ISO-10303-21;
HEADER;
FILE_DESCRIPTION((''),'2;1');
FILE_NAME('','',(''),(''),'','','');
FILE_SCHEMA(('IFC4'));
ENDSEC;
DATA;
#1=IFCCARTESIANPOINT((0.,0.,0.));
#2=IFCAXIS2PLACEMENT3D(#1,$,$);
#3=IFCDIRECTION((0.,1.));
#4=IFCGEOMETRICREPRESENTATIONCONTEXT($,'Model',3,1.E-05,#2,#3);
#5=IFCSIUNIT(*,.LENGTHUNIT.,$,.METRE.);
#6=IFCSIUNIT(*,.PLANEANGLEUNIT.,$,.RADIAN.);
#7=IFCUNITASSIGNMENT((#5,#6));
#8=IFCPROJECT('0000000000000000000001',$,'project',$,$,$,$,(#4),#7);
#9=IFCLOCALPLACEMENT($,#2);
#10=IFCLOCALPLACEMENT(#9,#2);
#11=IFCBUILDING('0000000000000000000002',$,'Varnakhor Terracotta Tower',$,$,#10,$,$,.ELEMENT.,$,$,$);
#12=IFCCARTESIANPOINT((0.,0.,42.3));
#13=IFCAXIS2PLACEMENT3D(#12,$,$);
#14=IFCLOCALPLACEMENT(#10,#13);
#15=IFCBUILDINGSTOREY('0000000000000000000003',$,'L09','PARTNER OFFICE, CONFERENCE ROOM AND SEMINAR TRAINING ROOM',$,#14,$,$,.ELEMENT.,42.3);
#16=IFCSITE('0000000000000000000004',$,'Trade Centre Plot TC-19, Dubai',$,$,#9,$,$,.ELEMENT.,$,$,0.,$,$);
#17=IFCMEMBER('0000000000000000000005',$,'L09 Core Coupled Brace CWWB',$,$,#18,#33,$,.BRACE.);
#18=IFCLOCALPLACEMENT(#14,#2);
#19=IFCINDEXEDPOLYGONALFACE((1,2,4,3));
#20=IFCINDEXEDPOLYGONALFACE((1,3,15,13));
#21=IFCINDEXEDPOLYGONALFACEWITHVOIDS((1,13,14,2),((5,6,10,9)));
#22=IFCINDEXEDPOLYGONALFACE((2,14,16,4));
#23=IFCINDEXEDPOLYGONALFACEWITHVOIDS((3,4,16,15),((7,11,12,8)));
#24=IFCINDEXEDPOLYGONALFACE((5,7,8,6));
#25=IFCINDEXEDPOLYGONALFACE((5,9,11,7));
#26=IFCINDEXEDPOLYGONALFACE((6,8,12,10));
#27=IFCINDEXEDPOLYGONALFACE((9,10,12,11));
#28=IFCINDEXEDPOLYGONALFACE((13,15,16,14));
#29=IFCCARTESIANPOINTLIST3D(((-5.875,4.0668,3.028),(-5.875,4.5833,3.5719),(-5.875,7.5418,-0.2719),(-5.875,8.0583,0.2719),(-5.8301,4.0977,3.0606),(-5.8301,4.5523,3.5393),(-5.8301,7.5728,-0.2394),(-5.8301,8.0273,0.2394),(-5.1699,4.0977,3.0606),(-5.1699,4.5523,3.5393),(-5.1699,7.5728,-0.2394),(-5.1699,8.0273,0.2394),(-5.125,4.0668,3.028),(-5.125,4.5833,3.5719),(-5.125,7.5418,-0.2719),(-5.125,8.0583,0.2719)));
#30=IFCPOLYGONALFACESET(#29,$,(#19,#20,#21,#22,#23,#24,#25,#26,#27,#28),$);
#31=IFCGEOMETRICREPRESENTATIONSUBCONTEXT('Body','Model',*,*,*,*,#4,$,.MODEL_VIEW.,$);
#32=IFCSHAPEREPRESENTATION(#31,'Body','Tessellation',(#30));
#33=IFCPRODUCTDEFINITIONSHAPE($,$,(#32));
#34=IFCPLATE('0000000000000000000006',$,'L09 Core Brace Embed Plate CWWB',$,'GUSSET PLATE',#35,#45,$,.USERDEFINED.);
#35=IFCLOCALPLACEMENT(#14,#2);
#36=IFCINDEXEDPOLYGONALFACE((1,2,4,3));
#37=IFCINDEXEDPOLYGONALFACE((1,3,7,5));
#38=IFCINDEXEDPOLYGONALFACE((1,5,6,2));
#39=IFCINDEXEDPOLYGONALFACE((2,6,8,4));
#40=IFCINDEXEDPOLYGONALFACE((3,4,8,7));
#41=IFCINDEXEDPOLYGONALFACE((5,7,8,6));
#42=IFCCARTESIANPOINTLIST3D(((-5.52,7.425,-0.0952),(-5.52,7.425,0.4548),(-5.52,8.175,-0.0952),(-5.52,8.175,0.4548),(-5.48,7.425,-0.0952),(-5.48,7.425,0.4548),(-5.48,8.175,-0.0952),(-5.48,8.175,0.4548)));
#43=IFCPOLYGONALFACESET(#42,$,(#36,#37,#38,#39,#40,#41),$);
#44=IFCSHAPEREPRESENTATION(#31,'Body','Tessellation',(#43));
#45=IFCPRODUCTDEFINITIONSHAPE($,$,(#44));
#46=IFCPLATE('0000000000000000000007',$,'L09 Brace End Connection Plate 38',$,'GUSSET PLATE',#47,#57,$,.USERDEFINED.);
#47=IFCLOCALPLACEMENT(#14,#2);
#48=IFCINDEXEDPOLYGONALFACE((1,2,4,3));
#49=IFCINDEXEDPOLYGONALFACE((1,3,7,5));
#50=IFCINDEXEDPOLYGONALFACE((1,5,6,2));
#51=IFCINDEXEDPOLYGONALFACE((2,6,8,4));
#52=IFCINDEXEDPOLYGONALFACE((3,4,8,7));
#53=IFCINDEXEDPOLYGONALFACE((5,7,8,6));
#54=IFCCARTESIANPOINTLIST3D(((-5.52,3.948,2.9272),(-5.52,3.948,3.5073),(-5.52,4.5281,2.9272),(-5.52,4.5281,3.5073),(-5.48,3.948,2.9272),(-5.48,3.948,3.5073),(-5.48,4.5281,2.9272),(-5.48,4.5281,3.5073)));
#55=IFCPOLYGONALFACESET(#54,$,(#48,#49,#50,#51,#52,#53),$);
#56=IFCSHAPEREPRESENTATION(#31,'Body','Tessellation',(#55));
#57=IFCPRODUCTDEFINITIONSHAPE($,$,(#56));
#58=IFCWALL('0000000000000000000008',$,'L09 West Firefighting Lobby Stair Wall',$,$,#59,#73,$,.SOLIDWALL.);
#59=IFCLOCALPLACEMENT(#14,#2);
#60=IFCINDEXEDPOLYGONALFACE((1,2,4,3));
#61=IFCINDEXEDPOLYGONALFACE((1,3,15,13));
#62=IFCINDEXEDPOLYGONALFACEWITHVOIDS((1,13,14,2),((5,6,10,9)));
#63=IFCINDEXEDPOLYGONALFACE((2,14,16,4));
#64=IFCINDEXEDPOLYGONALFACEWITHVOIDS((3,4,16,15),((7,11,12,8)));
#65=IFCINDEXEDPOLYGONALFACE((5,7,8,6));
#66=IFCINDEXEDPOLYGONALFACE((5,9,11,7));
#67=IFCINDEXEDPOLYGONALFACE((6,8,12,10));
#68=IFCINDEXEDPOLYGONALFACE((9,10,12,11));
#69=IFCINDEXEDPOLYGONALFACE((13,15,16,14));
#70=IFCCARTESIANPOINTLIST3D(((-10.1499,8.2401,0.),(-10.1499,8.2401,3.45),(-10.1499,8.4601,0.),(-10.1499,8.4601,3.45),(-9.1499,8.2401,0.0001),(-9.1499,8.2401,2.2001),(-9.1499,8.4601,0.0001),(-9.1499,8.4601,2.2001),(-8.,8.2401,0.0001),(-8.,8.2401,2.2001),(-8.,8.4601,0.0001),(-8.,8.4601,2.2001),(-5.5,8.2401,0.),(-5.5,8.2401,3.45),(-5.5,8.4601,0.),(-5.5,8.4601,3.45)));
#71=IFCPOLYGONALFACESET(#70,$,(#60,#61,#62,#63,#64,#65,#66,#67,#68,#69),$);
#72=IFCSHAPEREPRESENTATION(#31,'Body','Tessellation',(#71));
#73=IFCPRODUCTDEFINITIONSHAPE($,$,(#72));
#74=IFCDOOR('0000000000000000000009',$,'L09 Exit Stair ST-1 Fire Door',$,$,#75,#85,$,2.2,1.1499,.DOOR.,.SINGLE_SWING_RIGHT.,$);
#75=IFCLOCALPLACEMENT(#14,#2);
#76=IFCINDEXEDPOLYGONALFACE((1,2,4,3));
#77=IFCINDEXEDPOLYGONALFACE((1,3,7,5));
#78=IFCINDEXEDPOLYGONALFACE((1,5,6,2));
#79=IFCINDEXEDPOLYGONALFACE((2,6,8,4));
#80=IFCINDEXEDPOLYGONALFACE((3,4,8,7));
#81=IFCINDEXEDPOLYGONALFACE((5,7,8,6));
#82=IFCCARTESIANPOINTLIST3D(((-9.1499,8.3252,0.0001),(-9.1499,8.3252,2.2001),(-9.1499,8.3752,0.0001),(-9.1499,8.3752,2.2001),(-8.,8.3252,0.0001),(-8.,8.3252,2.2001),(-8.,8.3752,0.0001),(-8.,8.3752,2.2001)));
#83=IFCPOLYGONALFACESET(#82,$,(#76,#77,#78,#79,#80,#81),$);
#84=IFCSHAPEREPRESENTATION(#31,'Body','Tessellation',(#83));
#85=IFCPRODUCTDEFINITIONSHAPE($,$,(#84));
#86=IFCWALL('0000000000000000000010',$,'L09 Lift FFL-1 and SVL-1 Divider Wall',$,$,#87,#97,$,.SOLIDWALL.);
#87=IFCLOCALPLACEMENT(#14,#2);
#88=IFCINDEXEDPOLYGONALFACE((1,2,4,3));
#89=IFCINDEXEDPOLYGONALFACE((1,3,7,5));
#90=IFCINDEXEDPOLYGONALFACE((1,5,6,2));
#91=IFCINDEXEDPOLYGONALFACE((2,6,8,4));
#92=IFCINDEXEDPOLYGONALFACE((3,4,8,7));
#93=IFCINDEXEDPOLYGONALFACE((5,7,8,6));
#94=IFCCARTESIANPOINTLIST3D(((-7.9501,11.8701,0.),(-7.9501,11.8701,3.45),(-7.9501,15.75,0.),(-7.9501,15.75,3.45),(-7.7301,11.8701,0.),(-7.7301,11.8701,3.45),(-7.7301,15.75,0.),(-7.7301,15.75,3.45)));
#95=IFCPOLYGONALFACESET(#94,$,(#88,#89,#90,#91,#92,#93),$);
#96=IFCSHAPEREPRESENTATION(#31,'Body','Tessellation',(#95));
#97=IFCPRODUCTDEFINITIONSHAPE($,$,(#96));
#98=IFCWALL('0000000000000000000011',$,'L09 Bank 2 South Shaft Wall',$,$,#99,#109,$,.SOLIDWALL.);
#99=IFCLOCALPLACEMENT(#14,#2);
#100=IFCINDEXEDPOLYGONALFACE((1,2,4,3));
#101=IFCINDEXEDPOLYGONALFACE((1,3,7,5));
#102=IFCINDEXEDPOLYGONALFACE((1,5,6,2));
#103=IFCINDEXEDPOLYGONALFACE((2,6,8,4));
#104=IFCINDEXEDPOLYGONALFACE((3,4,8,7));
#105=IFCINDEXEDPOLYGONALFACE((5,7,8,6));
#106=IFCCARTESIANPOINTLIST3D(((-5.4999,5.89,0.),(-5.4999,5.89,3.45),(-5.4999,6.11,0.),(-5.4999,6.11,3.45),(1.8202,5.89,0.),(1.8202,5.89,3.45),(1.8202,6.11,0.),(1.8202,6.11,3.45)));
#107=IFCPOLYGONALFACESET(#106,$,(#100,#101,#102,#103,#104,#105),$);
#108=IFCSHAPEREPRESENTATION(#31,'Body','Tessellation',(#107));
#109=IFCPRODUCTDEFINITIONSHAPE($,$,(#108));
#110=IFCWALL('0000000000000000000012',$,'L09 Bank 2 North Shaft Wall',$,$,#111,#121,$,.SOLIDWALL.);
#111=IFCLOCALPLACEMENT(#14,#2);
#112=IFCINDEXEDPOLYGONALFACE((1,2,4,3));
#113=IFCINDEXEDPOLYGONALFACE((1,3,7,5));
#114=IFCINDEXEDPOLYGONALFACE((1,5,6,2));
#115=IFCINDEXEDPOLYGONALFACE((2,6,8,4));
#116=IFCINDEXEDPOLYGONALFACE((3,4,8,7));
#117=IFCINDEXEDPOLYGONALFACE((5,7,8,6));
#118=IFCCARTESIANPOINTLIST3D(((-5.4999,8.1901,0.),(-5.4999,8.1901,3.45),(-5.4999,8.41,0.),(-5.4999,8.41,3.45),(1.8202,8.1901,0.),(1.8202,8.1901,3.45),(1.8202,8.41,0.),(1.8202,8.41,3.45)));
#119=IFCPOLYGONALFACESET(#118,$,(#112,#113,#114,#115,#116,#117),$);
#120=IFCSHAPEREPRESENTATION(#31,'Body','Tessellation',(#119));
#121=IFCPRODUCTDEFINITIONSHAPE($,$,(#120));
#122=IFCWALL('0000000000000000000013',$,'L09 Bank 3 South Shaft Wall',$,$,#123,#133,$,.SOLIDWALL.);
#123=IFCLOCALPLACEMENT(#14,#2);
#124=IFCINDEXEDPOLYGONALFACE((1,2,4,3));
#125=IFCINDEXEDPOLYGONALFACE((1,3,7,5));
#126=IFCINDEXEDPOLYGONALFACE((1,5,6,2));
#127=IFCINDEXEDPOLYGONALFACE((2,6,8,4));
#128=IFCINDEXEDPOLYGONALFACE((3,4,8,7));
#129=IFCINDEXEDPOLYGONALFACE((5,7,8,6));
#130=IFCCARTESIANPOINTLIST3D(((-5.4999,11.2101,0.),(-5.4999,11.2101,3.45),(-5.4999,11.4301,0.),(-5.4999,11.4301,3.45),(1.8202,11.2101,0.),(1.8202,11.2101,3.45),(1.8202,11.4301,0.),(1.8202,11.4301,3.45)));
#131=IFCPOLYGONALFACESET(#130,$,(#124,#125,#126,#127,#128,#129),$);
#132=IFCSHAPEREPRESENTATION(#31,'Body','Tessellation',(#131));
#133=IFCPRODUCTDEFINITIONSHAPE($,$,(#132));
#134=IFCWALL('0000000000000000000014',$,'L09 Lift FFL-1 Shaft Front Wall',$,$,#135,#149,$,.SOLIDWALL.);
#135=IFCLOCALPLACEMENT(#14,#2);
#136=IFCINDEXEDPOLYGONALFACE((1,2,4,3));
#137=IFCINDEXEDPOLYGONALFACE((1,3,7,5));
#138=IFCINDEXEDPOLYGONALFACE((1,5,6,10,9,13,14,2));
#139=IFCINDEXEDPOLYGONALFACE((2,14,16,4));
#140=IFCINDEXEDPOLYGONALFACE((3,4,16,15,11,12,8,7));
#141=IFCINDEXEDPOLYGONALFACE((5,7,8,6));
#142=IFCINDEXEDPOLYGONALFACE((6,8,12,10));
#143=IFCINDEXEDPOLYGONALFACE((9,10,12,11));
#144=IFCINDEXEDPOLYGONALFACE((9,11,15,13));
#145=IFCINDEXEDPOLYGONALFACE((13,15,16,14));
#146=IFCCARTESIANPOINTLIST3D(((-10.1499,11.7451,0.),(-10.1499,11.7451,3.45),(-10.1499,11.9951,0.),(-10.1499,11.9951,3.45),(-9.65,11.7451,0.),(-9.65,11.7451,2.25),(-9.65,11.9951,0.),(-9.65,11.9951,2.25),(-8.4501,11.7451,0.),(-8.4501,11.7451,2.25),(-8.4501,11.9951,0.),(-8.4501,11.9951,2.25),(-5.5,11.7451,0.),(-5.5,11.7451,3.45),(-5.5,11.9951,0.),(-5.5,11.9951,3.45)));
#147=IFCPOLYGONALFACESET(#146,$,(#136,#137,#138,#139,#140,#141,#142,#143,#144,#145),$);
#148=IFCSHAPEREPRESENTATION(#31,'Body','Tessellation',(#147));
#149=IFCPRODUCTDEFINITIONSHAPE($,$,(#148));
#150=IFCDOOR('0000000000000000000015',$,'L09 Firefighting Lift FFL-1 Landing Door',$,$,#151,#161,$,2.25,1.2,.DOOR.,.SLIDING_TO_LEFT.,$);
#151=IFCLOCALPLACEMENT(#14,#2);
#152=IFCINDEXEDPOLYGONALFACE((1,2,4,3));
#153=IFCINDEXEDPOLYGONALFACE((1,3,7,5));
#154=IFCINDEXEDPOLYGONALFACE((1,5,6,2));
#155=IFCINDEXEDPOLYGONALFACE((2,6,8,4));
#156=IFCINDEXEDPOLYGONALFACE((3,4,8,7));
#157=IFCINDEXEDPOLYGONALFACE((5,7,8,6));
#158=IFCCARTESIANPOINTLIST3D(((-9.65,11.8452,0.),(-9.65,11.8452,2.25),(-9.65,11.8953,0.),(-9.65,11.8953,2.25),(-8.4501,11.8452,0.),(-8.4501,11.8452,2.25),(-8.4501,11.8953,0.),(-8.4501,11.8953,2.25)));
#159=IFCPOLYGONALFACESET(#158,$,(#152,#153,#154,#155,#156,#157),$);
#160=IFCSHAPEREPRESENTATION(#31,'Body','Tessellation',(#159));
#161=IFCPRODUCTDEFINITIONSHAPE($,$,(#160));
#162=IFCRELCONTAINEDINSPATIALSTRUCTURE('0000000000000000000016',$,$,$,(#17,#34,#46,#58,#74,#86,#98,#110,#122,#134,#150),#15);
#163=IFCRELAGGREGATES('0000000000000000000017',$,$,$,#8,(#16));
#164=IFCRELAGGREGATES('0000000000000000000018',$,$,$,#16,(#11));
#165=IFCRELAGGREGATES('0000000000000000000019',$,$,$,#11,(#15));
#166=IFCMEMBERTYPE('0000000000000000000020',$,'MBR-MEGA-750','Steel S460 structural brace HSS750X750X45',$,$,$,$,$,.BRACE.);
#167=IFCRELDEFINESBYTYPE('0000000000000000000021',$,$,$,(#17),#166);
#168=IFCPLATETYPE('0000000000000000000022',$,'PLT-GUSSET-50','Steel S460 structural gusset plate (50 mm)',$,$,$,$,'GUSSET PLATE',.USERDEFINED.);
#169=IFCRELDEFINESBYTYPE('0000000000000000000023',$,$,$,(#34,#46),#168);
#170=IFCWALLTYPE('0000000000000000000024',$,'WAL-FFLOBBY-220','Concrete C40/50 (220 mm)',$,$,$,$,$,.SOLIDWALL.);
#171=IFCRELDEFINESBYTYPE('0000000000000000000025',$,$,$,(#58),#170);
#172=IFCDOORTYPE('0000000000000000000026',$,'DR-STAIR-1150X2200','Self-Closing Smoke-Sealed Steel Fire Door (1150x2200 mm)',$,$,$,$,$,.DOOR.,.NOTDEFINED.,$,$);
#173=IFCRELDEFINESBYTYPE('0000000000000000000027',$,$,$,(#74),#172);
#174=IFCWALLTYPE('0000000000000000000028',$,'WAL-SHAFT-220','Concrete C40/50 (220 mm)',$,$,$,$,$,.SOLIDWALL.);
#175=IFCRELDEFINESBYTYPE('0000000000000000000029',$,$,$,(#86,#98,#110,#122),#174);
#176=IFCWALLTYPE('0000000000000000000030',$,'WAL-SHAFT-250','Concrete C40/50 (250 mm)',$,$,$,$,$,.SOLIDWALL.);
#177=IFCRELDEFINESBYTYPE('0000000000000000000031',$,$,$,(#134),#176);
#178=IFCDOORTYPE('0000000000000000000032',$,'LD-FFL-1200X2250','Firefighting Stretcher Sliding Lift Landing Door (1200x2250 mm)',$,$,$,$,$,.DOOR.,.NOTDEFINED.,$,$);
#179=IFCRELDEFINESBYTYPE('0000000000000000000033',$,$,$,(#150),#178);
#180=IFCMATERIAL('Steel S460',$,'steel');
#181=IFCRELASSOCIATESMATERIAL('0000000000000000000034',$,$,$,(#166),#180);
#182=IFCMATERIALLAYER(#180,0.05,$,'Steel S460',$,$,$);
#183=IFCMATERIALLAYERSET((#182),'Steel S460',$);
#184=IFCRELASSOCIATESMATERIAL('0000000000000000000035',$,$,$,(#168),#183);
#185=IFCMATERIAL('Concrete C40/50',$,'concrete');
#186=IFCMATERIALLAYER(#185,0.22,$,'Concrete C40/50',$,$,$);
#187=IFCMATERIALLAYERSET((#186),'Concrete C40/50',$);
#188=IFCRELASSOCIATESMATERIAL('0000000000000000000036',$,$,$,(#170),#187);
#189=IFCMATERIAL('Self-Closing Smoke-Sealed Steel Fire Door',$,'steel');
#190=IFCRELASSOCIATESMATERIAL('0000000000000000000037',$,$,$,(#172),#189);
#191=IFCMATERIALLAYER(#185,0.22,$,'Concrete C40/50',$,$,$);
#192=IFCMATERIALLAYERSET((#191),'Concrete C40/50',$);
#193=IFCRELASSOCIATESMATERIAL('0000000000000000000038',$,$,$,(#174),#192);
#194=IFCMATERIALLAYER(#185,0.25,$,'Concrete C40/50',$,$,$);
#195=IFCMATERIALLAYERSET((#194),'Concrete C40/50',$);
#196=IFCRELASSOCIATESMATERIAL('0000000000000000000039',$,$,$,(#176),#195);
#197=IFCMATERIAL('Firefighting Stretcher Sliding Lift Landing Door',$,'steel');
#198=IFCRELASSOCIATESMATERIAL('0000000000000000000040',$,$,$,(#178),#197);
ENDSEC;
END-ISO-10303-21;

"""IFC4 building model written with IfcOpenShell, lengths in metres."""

from ifc_helpers import new_model, si_unit, direction, frame, frame_2d, origin, origin_2d, place, context, subcontext, project, spatial, rectangle, hollow_rectangle, extrude, source, transform, mapped, material, layer, layer_set, material_profile, profile_set, type_object, type_shapes, element, fill, save


model = new_model("IFC4")

# Units and contexts
model_context = context("Model", 3, precision=1e-05, world=origin(), true_north=direction((0.0, 1.0)))
body_context = subcontext(model_context, "Body", "Model", "MODEL_VIEW")
ifc_project = project(units=[si_unit("LENGTHUNIT", "METRE"), si_unit("PLANEANGLEUNIT", "RADIAN")], contexts=[model_context])

# Site, building, storey
site_placement = place(None, origin())
site = spatial("IfcSite", under=ifc_project, at=site_placement, Name="Trade Centre Plot TC-19, Dubai", CompositionType="ELEMENT", RefElevation=0.0)
building_placement = place(site_placement, origin())
building = spatial("IfcBuilding", under=site, at=building_placement, Name="Varnakhor Terracotta Tower", CompositionType="ELEMENT")
storey_placement = place(building_placement, frame((0.0, 0.0, 42.3)))
storey = spatial("IfcBuildingStorey", under=building, at=storey_placement, Name="L09", Description="PARTNER OFFICE, CONFERENCE ROOM AND SEMINAR TRAINING ROOM", CompositionType="ELEMENT", Elevation=42.3)

# Member
ifc_material_1 = material(Name="Steel S460", Category="steel")
ifc_material_profile = material_profile(ifc_material_1, hollow_rectangle(XDim=0.75, YDim=0.75, WallThickness=0.0449, at=origin_2d()), Name="HSS750X750X45")
ifc_profile_set = profile_set([ifc_material_profile], Name="Steel S460")
member_type = type_object("IfcMemberType", Name="MBR-MEGA-750", Description="Steel S460 structural brace HSS750X750X45", PredefinedType="BRACE", material=ifc_profile_set)
shared_shape_1 = source(origin(), body_context, "Body", "SweptSolid", [
    extrude(hollow_rectangle(XDim=0.75, YDim=0.75, WallThickness=0.0449, at=origin_2d()), origin(), (0.0, 0.0, 1.0), 4.7922),
])
member_placement = place(storey_placement, frame((-5.5, 7.8, 0.0), z_axis=(0.0, -0.725134, 0.688608), x_axis=(1.0, 0.0, 0.0)))
element("IfcMember", 1, at=member_placement, inside=storey, type_object=member_type, Name="L09 Core Coupled Brace CWWB", PredefinedType="BRACE", context=body_context, shape_type="MappedRepresentation", body=[
    mapped(shared_shape_1, transform((0.0, 0.0, 0.0), scale=1.0)),
])

# Plates
ifc_layer_1 = layer(ifc_material_1, 0.05, Name="Steel S460")
ifc_layer_set_1 = layer_set([ifc_layer_1], Name="Steel S460")
plate_type = type_object("IfcPlateType", Name="PLT-GUSSET-50", Description="Steel S460 structural gusset plate (50 mm)", ElementType="GUSSET PLATE", PredefinedType="USERDEFINED", material=ifc_layer_set_1)
shared_shape_2 = source(origin(), body_context, "Body", "SweptSolid", [
    extrude(rectangle(XDim=0.75, YDim=0.04, at=origin_2d()), origin(), (0.0, 0.0, 1.0), 0.55),
])
type_shapes(plate_type, [shared_shape_2])
plate_1_placement = place(storey_placement, frame((-5.5, 7.8, -0.0952), z_axis=(0.0, 0.0, 1.0), x_axis=(0.0, 1.0, 0.0)))
element("IfcPlate", 2, at=plate_1_placement, inside=storey, type_object=plate_type, Name="L09 Core Brace Embed Plate CWWB", ObjectType="GUSSET PLATE", PredefinedType="USERDEFINED", context=body_context, shape_type="MappedRepresentation", body=[
    mapped(shared_shape_2, transform((0.0, 0.0, 0.0), scale=1.0)),
])
shared_shape_3 = source(origin(), body_context, "Body", "SweptSolid", [
    extrude(rectangle(XDim=0.5801, YDim=0.04, at=origin_2d()), origin(), (0.0, 0.0, 1.0), 0.5801),
])
plate_2_placement = place(storey_placement, frame((-5.5, 4.238, 2.9272), z_axis=(0.0, 0.0, 1.0), x_axis=(0.0, 1.0, 0.0)))
element("IfcPlate", 3, at=plate_2_placement, inside=storey, type_object=plate_type, Name="L09 Brace End Connection Plate 38", ObjectType="GUSSET PLATE", PredefinedType="USERDEFINED", context=body_context, shape_type="MappedRepresentation", body=[
    mapped(shared_shape_3, transform((0.0, 0.0, 0.0), scale=1.0)),
])

# Wall, opening, door
ifc_material_2 = material(Name="Concrete C40/50", Category="concrete")
ifc_layer_2 = layer(ifc_material_2, 0.22, Name="Concrete C40/50")
ifc_layer_set_2 = layer_set([ifc_layer_2], Name="Concrete C40/50")
wall_type_1 = type_object("IfcWallType", Name="WAL-FFLOBBY-220", Description="Concrete C40/50 (220 mm)", PredefinedType="SOLIDWALL", material=ifc_layer_set_2)
wall_1_placement = place(storey_placement, frame((-5.5, 8.3501, 0.0), z_axis=(0.0, 0.0, 1.0), x_axis=(-1.0, 0.0, 0.0)))
wall_1 = element("IfcWall", 4, at=wall_1_placement, inside=storey, type_object=wall_type_1, Name="L09 West Firefighting Lobby Stair Wall", PredefinedType="SOLIDWALL", context=body_context, shape_type="SweptSolid", body=[
    extrude(rectangle(XDim=4.6499, YDim=0.22, at=frame_2d((2.325, 0.0))), origin(), (0.0, 0.0, 1.0), 3.45),
])
opening_1_placement = place(wall_1_placement, frame((2.5, 0.0, 0.0)))
opening_1 = element("IfcOpeningElement", 5, at=opening_1_placement, cuts=wall_1, PredefinedType="OPENING", context=body_context, shape_type="SweptSolid", body=[
    extrude(rectangle(XDim=1.1499, YDim=2.2, at=frame_2d((0.575, 1.1001))), frame((0.0, 0.1201, 0.0), z_axis=(0.0, -1.0, 0.0), x_axis=(1.0, 0.0, 0.0)), (0.0, 0.0, 1.0), 0.24),
])
ifc_material_3 = material(Name="Self-Closing Smoke-Sealed Steel Fire Door", Category="steel")
door_type_1 = type_object("IfcDoorType", Name="DR-STAIR-1150X2200", Description="Self-Closing Smoke-Sealed Steel Fire Door (1150x2200 mm)", OperationType="NOTDEFINED", PredefinedType="DOOR", material=ifc_material_3)
shared_shape_4 = source(origin(), body_context, "Body", "SweptSolid", [
    extrude(rectangle(XDim=1.1499, YDim=2.2, at=frame_2d((0.575, 1.1001))), frame((0.0, 0.0249, 0.0), z_axis=(0.0, -1.0, 0.0), x_axis=(1.0, 0.0, 0.0)), (0.0, 0.0, 1.0), 0.05),
])
type_shapes(door_type_1, [shared_shape_4])
door_1_placement = place(opening_1_placement, origin())
door_1 = element("IfcDoor", 6, at=door_1_placement, inside=storey, type_object=door_type_1, Name="L09 Exit Stair ST-1 Fire Door", OperationType="SINGLE_SWING_RIGHT", OverallHeight=2.2, OverallWidth=1.1499, PredefinedType="DOOR", context=body_context, shape_type="MappedRepresentation", body=[
    mapped(shared_shape_4, transform((0.0, 0.0, 0.0), scale=1.0)),
])
fill(opening_1, door_1)

# Walls
ifc_layer_3 = layer(ifc_material_2, 0.22, Name="Concrete C40/50")
ifc_layer_set_3 = layer_set([ifc_layer_3], Name="Concrete C40/50")
wall_type_2 = type_object("IfcWallType", Name="WAL-SHAFT-220", Description="Concrete C40/50 (220 mm)", PredefinedType="SOLIDWALL", material=ifc_layer_set_3)
wall_2_placement = place(storey_placement, frame((-7.8401, 11.8701, 0.0), z_axis=(0.0, 0.0, 1.0), x_axis=(0.0, 1.0, 0.0)))
element("IfcWall", 7, at=wall_2_placement, inside=storey, type_object=wall_type_2, Name="L09 Lift FFL-1 and SVL-1 Divider Wall", PredefinedType="SOLIDWALL", context=body_context, shape_type="SweptSolid", body=[
    extrude(rectangle(XDim=3.8799, YDim=0.22, at=frame_2d((1.9399, 0.0))), origin(), (0.0, 0.0, 1.0), 3.45),
])
for number, where, z_axis, x_axis, name in (
    (8, (-5.5, 6.0, 0.0), (0.0, 0.0, 1.0), (1.0, 0.0, 0.0), "L09 Bank 2 South Shaft Wall"),
    (9, (-5.5, 8.3, 0.0), (0.0, 0.0, 1.0), (1.0, 0.0, 0.0), "L09 Bank 2 North Shaft Wall"),
    (10, (-5.5, 11.3201, 0.0), (0.0, 0.0, 1.0), (1.0, 0.0, 0.0), "L09 Bank 3 South Shaft Wall"),
):
    element("IfcWall", number, at=place(storey_placement, frame(where, z_axis=z_axis, x_axis=x_axis)), inside=storey, type_object=wall_type_2, Name=name, PredefinedType="SOLIDWALL", context=body_context, shape_type="SweptSolid", body=[
        extrude(rectangle(XDim=7.3201, YDim=0.22, at=frame_2d((3.6602, 0.0))), origin(), (0.0, 0.0, 1.0), 3.45),
    ])

# Wall, opening, door
ifc_layer_4 = layer(ifc_material_2, 0.25, Name="Concrete C40/50")
ifc_layer_set_4 = layer_set([ifc_layer_4], Name="Concrete C40/50")
wall_type_3 = type_object("IfcWallType", Name="WAL-SHAFT-250", Description="Concrete C40/50 (250 mm)", PredefinedType="SOLIDWALL", material=ifc_layer_set_4)
wall_3_placement = place(storey_placement, frame((-5.5, 11.8701, 0.0), z_axis=(0.0, 0.0, 1.0), x_axis=(-1.0, 0.0, 0.0)))
wall_3 = element("IfcWall", 11, at=wall_3_placement, inside=storey, type_object=wall_type_3, Name="L09 Lift FFL-1 Shaft Front Wall", PredefinedType="SOLIDWALL", context=body_context, shape_type="SweptSolid", body=[
    extrude(rectangle(XDim=4.6499, YDim=0.25, at=frame_2d((2.325, 0.0))), origin(), (0.0, 0.0, 1.0), 3.45),
])
opening_2_placement = place(wall_3_placement, frame((2.95, 0.0, 0.0)))
opening_2 = element("IfcOpeningElement", 12, at=opening_2_placement, cuts=wall_3, PredefinedType="OPENING", context=body_context, shape_type="SweptSolid", body=[
    extrude(rectangle(XDim=1.2, YDim=2.25, at=frame_2d((0.6001, 1.125))), frame((0.0, 0.135, 0.0), z_axis=(0.0, -1.0, 0.0), x_axis=(1.0, 0.0, 0.0)), (0.0, 0.0, 1.0), 0.27),
])
ifc_material_4 = material(Name="Firefighting Stretcher Sliding Lift Landing Door", Category="steel")
door_type_2 = type_object("IfcDoorType", Name="LD-FFL-1200X2250", Description="Firefighting Stretcher Sliding Lift Landing Door (1200x2250 mm)", OperationType="NOTDEFINED", PredefinedType="DOOR", material=ifc_material_4)
shared_shape_5 = source(origin(), body_context, "Body", "SweptSolid", [
    extrude(rectangle(XDim=1.2, YDim=2.25, at=frame_2d((0.6001, 1.125))), frame((0.0, 0.0249, 0.0), z_axis=(0.0, -1.0, 0.0), x_axis=(1.0, 0.0, 0.0)), (0.0, 0.0, 1.0), 0.05),
])
type_shapes(door_type_2, [shared_shape_5])
door_2_placement = place(opening_2_placement, origin())
door_2 = element("IfcDoor", 13, at=door_2_placement, inside=storey, type_object=door_type_2, Name="L09 Firefighting Lift FFL-1 Landing Door", OperationType="SLIDING_TO_LEFT", OverallHeight=2.25, OverallWidth=1.2, PredefinedType="DOOR", context=body_context, shape_type="MappedRepresentation", body=[
    mapped(shared_shape_5, transform((0.0, 0.0, 0.0), scale=1.0)),
])
fill(opening_2, door_2)

save(model, "model.ifc")
